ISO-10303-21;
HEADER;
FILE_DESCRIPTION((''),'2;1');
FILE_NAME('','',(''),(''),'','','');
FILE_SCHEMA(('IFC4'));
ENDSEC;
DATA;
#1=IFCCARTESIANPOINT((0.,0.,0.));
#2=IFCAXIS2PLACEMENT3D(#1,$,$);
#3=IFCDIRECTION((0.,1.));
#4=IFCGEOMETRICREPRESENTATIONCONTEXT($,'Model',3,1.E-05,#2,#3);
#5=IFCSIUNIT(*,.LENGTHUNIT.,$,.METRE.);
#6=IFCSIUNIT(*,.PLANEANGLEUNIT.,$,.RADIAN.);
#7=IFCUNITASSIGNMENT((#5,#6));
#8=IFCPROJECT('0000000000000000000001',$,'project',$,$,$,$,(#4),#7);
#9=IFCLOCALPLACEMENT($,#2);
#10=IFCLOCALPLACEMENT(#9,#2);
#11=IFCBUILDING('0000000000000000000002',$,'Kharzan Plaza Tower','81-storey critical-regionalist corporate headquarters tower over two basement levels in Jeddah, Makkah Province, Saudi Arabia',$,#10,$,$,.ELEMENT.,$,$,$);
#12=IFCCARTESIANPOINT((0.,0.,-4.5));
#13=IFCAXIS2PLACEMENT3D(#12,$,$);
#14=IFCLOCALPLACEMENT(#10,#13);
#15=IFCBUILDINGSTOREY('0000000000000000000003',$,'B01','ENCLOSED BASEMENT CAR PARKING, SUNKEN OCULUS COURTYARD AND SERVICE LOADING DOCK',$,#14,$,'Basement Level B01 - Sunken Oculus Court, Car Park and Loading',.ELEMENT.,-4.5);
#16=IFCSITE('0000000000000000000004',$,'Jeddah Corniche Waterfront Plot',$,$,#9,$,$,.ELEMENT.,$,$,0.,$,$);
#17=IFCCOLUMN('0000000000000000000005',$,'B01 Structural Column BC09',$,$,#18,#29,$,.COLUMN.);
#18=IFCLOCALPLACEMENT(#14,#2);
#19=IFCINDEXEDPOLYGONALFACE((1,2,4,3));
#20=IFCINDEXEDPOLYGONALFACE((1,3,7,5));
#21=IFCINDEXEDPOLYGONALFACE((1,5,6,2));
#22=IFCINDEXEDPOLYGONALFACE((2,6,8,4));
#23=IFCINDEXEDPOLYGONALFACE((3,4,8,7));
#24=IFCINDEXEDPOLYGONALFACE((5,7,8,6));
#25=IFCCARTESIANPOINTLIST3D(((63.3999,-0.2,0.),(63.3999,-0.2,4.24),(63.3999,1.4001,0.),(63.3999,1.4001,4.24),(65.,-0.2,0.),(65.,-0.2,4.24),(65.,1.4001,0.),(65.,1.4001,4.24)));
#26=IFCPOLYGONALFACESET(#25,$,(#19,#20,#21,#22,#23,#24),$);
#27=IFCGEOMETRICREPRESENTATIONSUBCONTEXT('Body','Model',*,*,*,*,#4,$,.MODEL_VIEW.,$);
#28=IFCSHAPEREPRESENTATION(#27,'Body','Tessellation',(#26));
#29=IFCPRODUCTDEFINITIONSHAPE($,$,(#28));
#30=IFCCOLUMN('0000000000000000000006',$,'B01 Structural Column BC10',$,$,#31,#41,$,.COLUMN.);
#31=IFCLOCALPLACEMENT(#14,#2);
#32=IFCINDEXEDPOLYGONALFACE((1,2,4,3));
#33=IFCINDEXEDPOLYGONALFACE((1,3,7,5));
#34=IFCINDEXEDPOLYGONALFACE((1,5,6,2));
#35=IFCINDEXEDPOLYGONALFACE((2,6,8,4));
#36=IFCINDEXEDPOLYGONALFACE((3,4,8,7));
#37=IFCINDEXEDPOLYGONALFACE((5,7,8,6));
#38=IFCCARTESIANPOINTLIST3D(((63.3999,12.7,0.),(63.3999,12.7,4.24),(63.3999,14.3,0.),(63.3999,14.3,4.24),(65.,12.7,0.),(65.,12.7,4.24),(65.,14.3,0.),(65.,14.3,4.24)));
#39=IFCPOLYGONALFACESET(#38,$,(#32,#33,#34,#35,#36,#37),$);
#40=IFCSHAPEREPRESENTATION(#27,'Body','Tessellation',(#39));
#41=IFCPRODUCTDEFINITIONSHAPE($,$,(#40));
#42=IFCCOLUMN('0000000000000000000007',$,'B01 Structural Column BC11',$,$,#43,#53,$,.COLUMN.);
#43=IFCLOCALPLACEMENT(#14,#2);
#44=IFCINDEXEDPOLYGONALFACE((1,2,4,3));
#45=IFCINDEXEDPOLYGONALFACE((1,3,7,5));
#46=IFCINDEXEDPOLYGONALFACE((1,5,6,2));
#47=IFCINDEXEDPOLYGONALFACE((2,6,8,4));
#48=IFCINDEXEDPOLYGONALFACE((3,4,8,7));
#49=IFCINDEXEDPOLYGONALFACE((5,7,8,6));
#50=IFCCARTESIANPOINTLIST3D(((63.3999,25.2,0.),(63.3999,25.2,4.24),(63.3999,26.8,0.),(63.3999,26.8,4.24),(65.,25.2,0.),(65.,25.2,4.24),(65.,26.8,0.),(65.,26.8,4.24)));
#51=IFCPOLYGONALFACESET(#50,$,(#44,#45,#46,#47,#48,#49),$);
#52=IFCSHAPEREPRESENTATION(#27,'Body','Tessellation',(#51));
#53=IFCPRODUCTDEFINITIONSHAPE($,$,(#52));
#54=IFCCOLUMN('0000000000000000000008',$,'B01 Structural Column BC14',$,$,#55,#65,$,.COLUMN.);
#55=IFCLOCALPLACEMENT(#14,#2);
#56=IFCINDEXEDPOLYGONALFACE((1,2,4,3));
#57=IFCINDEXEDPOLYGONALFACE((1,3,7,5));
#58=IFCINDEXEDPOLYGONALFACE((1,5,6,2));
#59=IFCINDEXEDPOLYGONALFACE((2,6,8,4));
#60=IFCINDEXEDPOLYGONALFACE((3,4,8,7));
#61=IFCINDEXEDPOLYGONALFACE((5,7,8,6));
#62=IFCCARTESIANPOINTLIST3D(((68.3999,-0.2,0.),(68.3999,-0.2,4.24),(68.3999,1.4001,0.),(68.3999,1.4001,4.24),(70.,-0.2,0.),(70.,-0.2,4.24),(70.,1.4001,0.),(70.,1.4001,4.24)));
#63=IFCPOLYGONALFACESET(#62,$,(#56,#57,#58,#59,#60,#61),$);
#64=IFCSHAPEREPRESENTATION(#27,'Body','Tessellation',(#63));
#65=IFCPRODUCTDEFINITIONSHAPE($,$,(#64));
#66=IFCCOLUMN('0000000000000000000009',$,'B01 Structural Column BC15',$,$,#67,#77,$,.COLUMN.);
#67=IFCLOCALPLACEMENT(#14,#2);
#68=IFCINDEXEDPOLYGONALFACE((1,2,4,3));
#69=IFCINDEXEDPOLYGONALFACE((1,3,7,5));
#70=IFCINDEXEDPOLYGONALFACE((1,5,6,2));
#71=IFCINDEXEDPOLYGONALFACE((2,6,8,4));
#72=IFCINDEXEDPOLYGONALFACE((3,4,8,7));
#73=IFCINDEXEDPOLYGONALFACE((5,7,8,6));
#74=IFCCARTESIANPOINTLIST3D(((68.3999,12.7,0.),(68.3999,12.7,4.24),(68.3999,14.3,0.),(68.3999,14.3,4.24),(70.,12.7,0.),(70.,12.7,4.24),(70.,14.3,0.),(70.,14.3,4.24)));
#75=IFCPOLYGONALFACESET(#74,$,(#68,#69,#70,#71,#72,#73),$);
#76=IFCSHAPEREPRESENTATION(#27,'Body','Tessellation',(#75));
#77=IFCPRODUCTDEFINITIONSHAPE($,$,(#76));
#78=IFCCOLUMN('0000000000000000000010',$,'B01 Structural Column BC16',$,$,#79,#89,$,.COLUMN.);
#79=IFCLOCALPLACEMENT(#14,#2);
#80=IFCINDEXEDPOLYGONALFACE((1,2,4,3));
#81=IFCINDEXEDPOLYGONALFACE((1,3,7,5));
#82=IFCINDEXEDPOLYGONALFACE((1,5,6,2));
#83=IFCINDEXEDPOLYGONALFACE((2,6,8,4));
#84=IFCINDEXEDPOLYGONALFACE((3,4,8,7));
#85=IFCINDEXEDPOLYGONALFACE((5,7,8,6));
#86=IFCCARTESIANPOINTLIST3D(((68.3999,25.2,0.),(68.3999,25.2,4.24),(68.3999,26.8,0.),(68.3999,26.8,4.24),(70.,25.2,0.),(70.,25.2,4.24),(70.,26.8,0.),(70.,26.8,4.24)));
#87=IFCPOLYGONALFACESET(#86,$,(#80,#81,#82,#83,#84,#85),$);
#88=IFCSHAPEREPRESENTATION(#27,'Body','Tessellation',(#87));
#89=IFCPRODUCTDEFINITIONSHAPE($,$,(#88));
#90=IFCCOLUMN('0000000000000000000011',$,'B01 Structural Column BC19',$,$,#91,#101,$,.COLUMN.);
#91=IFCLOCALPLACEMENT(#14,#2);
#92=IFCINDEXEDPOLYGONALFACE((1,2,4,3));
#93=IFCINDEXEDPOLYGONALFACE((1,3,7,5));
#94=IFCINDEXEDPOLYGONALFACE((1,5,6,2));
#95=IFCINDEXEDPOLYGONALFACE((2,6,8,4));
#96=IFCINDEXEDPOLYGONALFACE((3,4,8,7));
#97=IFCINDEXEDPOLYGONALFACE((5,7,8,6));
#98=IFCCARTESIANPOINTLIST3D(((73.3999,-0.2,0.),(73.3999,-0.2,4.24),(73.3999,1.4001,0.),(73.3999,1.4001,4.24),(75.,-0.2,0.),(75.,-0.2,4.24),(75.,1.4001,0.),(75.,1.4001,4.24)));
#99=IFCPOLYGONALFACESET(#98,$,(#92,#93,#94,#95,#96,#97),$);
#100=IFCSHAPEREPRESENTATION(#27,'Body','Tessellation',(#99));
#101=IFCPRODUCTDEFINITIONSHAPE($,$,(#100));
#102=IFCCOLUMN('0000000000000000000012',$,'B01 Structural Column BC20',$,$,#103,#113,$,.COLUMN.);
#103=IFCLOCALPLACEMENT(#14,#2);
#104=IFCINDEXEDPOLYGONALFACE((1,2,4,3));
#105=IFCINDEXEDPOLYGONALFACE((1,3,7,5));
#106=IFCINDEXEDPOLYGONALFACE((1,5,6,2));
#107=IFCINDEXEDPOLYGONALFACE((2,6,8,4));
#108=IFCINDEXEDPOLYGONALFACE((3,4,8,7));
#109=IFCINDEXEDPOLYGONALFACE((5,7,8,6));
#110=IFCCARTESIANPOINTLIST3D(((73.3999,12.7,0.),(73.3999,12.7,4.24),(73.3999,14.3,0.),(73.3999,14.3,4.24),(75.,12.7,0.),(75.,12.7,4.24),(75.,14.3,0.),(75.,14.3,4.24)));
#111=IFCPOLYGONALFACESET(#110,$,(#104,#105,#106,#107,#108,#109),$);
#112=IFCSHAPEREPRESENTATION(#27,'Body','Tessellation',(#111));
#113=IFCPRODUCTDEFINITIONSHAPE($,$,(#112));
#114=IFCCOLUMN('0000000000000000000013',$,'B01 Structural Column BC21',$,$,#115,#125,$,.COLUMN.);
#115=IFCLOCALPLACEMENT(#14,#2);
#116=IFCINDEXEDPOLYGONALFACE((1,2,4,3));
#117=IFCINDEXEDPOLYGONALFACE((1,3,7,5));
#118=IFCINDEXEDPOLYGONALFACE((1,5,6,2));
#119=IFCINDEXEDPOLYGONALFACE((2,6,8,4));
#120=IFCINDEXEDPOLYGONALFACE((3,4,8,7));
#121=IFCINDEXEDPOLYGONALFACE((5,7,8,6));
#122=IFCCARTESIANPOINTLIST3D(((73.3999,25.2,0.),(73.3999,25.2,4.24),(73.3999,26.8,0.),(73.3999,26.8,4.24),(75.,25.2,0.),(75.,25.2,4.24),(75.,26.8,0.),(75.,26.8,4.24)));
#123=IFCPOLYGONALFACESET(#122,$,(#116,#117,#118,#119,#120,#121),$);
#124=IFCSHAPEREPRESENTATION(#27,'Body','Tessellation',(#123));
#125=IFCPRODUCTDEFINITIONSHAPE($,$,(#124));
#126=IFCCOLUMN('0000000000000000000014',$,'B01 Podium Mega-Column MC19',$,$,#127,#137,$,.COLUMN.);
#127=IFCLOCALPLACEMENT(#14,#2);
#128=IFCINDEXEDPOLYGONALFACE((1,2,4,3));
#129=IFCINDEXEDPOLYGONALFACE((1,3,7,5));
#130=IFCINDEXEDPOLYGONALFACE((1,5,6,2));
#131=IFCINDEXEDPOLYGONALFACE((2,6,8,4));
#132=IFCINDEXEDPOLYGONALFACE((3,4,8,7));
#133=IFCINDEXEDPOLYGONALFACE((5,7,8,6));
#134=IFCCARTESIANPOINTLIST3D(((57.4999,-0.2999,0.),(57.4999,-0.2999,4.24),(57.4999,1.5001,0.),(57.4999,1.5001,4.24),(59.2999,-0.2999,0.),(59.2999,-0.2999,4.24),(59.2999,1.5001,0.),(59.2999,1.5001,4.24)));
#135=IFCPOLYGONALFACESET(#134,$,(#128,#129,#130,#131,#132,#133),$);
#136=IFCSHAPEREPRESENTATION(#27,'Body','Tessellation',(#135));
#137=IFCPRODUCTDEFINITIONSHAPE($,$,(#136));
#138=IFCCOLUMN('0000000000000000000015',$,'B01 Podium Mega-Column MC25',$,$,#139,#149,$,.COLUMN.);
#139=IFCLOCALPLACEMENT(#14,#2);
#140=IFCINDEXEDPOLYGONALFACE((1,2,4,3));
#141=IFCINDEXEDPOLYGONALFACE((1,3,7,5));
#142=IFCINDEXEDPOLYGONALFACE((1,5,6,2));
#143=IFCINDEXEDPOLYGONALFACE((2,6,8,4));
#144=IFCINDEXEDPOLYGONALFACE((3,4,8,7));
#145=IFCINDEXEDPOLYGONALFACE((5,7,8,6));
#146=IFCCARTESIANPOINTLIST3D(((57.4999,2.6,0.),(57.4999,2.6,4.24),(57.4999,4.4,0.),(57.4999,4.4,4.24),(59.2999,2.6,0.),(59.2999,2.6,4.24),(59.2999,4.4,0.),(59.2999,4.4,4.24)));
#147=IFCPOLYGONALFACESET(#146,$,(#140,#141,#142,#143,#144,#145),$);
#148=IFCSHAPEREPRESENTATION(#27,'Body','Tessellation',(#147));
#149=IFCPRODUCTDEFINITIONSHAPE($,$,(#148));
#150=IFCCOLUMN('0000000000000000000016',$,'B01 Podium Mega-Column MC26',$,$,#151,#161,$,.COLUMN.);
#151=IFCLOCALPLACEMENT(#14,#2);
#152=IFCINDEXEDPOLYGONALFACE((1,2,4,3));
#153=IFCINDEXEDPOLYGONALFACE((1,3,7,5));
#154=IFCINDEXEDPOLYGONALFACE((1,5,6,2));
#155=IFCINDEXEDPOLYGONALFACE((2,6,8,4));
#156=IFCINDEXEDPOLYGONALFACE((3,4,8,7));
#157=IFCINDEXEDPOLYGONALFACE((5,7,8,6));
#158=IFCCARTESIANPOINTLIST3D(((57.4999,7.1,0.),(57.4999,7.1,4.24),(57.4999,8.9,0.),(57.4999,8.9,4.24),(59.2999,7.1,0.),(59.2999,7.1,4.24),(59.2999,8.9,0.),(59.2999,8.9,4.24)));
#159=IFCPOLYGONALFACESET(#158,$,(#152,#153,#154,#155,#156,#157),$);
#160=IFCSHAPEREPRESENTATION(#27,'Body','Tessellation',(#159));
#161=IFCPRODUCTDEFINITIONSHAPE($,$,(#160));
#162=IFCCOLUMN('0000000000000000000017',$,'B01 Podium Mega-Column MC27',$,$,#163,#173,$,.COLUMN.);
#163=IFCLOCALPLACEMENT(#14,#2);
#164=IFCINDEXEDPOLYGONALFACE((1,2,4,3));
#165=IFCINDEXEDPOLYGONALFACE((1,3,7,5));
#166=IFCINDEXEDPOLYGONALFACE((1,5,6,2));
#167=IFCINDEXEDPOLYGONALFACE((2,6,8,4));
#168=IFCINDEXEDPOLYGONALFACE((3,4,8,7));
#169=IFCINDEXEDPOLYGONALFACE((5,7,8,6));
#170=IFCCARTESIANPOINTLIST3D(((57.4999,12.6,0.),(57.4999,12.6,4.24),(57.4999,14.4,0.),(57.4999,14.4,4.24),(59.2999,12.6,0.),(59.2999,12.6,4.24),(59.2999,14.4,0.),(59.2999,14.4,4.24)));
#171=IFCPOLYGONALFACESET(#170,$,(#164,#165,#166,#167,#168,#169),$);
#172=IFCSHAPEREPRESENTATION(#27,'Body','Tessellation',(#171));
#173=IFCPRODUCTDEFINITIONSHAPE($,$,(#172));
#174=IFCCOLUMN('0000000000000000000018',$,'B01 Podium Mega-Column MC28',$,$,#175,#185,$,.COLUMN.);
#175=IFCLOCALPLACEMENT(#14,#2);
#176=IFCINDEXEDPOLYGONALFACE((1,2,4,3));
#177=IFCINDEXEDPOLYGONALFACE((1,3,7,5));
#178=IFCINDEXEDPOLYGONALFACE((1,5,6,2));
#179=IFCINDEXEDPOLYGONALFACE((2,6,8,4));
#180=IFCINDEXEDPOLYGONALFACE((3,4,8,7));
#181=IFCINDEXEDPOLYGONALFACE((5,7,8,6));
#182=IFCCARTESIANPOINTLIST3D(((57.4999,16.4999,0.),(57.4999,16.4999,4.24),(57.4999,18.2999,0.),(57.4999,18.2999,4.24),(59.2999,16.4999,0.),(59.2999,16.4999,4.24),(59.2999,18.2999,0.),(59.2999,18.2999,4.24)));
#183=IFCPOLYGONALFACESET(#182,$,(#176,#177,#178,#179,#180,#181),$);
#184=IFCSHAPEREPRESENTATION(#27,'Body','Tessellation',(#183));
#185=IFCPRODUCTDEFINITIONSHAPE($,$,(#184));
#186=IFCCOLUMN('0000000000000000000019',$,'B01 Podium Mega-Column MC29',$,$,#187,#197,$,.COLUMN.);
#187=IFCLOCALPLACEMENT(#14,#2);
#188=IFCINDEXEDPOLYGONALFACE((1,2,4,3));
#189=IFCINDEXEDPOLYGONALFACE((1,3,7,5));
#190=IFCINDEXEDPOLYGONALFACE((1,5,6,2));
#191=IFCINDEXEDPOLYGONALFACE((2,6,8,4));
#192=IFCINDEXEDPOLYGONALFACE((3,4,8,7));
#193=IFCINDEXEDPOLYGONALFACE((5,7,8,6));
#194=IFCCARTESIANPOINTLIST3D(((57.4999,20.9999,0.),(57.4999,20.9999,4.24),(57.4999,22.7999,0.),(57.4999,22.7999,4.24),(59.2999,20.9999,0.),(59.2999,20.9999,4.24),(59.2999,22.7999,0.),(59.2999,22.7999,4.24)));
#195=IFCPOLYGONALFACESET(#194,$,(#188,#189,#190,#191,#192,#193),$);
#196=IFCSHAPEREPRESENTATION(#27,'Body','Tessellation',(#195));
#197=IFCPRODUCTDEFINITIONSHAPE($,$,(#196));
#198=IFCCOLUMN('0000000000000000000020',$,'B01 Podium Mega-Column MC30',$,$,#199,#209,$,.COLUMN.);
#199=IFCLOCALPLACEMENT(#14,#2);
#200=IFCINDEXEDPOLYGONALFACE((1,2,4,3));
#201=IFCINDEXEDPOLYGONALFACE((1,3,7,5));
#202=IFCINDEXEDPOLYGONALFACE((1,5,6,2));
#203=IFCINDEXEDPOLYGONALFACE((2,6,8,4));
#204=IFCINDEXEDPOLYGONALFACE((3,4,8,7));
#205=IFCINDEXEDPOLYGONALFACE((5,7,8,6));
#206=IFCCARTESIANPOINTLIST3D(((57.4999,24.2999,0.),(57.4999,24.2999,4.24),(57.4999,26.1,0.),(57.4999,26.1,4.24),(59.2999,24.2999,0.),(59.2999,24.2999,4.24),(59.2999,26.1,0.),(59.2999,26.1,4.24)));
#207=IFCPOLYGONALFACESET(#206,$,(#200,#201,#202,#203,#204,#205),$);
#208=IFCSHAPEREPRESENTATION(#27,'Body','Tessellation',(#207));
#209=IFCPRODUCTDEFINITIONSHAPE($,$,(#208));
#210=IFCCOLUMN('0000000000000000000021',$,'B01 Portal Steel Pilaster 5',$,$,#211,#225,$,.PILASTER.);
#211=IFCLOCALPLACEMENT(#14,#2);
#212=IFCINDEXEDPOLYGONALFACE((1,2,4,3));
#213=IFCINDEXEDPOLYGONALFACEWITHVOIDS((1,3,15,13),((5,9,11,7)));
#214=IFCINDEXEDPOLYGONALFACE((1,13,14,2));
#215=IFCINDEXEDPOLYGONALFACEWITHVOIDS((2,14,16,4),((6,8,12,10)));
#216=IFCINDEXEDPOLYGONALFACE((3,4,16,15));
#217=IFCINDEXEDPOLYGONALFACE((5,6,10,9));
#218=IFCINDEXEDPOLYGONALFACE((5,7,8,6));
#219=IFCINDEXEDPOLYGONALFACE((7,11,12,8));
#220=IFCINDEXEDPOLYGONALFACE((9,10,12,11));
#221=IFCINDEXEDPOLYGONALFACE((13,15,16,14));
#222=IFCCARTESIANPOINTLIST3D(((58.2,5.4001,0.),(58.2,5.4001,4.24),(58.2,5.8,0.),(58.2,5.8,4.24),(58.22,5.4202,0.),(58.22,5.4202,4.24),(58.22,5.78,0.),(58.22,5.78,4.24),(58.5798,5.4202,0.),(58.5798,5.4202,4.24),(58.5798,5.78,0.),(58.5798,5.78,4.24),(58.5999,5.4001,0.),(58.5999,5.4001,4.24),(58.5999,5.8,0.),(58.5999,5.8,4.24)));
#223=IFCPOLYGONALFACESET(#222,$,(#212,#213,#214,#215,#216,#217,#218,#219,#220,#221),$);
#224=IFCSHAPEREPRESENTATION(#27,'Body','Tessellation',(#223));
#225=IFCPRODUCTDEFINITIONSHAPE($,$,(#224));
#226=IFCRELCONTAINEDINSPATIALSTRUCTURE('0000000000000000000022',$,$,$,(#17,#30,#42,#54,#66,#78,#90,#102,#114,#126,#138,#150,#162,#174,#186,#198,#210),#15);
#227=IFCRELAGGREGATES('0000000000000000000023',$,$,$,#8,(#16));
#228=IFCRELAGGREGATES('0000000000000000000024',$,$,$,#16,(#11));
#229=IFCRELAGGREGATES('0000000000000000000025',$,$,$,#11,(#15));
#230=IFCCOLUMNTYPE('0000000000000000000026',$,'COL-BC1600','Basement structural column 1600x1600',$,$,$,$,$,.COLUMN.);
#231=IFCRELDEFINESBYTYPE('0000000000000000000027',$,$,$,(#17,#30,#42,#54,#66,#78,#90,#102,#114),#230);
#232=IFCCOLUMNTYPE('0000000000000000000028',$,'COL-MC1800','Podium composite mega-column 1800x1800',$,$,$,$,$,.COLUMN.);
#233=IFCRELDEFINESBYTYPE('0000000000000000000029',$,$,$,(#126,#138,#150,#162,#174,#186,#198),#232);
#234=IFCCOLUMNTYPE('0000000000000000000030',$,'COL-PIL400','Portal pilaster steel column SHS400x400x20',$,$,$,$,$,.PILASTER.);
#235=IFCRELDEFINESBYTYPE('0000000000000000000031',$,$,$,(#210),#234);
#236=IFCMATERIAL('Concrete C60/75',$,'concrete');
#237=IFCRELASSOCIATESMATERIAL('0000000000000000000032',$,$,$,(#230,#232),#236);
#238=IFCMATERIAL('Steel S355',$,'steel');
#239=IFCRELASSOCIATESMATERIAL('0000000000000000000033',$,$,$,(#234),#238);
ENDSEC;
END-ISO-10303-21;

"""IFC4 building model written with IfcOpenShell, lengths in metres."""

from ifc_helpers import new_model, si_unit, direction, frame, origin, origin_2d, place, context, subcontext, project, spatial, rectangle, hollow_rectangle, extrude, source, transform, mapped, material, material_profile, profile_set, type_object, element, save


model = new_model("IFC4")

# Units and contexts
model_context = context("Model", 3, precision=1e-05, world=origin(), true_north=direction((0.0, 1.0)))
body_context = subcontext(model_context, "Body", "Model", "MODEL_VIEW")
ifc_project = project(units=[si_unit("LENGTHUNIT", "METRE"), si_unit("PLANEANGLEUNIT", "RADIAN")], contexts=[model_context])

# Site, building, storey
site_placement = place(None, origin())
site = spatial("IfcSite", under=ifc_project, at=site_placement, Name="Jeddah Corniche Waterfront Plot", CompositionType="ELEMENT", RefElevation=0.0)
building_placement = place(site_placement, origin())
building = spatial("IfcBuilding", under=site, at=building_placement, Name="Kharzan Plaza Tower", Description="81-storey critical-regionalist corporate headquarters tower over two basement levels in Jeddah, Makkah Province, Saudi Arabia", CompositionType="ELEMENT")
storey_placement = place(building_placement, frame((0.0, 0.0, -4.5)))
storey = spatial("IfcBuildingStorey", under=building, at=storey_placement, Name="B01", Description="ENCLOSED BASEMENT CAR PARKING, SUNKEN OCULUS COURTYARD AND SERVICE LOADING DOCK", LongName="Basement Level B01 - Sunken Oculus Court, Car Park and Loading", CompositionType="ELEMENT", Elevation=-4.5)

# Columns
ifc_material_1 = material(Name="Concrete C60/75", Category="concrete")
ifc_material_profile_1 = material_profile(ifc_material_1, rectangle(XDim=1.6001, YDim=1.6001, at=origin_2d()), Name="RC-MC1600x1600")
ifc_profile_set_1 = profile_set([ifc_material_profile_1], Name="Concrete C60/75")
column_type_1 = type_object("IfcColumnType", Name="COL-BC1600", Description="Basement structural column 1600x1600", PredefinedType="COLUMN", material=ifc_profile_set_1)
shared_shape_1 = source(origin(), body_context, "Body", "SweptSolid", [
    extrude(rectangle(XDim=1.6001, YDim=1.6001, at=origin_2d()), origin(), (0.0, 0.0, 1.0), 4.24),
])
for number, where, z_axis, x_axis, name in (
    (1, (64.2, 0.6001, 0.0), (0.0, 0.0, 1.0), (1.0, 0.0, 0.0), "B01 Structural Column BC09"),
    (2, (64.2, 13.5, 0.0), (0.0, 0.0, 1.0), (1.0, 0.0, 0.0), "B01 Structural Column BC10"),
    (3, (64.2, 26.0, 0.0), (0.0, 0.0, 1.0), (1.0, 0.0, 0.0), "B01 Structural Column BC11"),
    (4, (69.2, 0.6001, 0.0), (0.0, 0.0, 1.0), (1.0, 0.0, 0.0), "B01 Structural Column BC14"),
    (5, (69.2, 13.5, 0.0), (0.0, 0.0, 1.0), (1.0, 0.0, 0.0), "B01 Structural Column BC15"),
    (6, (69.2, 26.0, 0.0), (0.0, 0.0, 1.0), (1.0, 0.0, 0.0), "B01 Structural Column BC16"),
    (7, (74.2, 0.6001, 0.0), (0.0, 0.0, 1.0), (1.0, 0.0, 0.0), "B01 Structural Column BC19"),
    (8, (74.2, 13.5, 0.0), (0.0, 0.0, 1.0), (1.0, 0.0, 0.0), "B01 Structural Column BC20"),
    (9, (74.2, 26.0, 0.0), (0.0, 0.0, 1.0), (1.0, 0.0, 0.0), "B01 Structural Column BC21"),
):
    element("IfcColumn", number, at=place(storey_placement, frame(where, z_axis=z_axis, x_axis=x_axis)), inside=storey, type_object=column_type_1, Name=name, PredefinedType="COLUMN", context=body_context, shape_type="MappedRepresentation", body=[
        mapped(shared_shape_1, transform((0.0, 0.0, 0.0), x_axis=(1.0, 0.0, 0.0), y_axis=(0.0, 1.0, 0.0), z_axis=(0.0, 0.0, 1.0))),
    ])
ifc_material_profile_2 = material_profile(ifc_material_1, rectangle(XDim=1.8, YDim=1.8, at=origin_2d()), Name="RC-MC1800x1800")
ifc_profile_set_2 = profile_set([ifc_material_profile_2], Name="Concrete C60/75")
column_type_2 = type_object("IfcColumnType", Name="COL-MC1800", Description="Podium composite mega-column 1800x1800", PredefinedType="COLUMN", material=ifc_profile_set_2)
shared_shape_2 = source(origin(), body_context, "Body", "SweptSolid", [
    extrude(rectangle(XDim=1.8, YDim=1.8, at=origin_2d()), origin(), (0.0, 0.0, 1.0), 4.24),
])
for number, where, z_axis, x_axis, name in (
    (10, (58.3999, 0.6001, 0.0), (0.0, 0.0, 1.0), (1.0, 0.0, 0.0), "B01 Podium Mega-Column MC19"),
    (11, (58.3999, 3.5, 0.0), (0.0, 0.0, 1.0), (1.0, 0.0, 0.0), "B01 Podium Mega-Column MC25"),
    (12, (58.3999, 8.0, 0.0), (0.0, 0.0, 1.0), (1.0, 0.0, 0.0), "B01 Podium Mega-Column MC26"),
    (13, (58.3999, 13.5, 0.0), (0.0, 0.0, 1.0), (1.0, 0.0, 0.0), "B01 Podium Mega-Column MC27"),
    (14, (58.3999, 17.3999, 0.0), (0.0, 0.0, 1.0), (1.0, 0.0, 0.0), "B01 Podium Mega-Column MC28"),
    (15, (58.3999, 21.8999, 0.0), (0.0, 0.0, 1.0), (1.0, 0.0, 0.0), "B01 Podium Mega-Column MC29"),
    (16, (58.3999, 25.2, 0.0), (0.0, 0.0, 1.0), (1.0, 0.0, 0.0), "B01 Podium Mega-Column MC30"),
):
    element("IfcColumn", number, at=place(storey_placement, frame(where, z_axis=z_axis, x_axis=x_axis)), inside=storey, type_object=column_type_2, Name=name, PredefinedType="COLUMN", context=body_context, shape_type="MappedRepresentation", body=[
        mapped(shared_shape_2, transform((0.0, 0.0, 0.0), x_axis=(1.0, 0.0, 0.0), y_axis=(0.0, 1.0, 0.0), z_axis=(0.0, 0.0, 1.0))),
    ])
ifc_material_2 = material(Name="Steel S355", Category="steel")
ifc_material_profile_3 = material_profile(ifc_material_2, hollow_rectangle(XDim=0.3999, YDim=0.3999, WallThickness=0.02, at=origin_2d()), Name="SHS400x400x20")
ifc_profile_set_3 = profile_set([ifc_material_profile_3], Name="Steel S355")
column_type_3 = type_object("IfcColumnType", Name="COL-PIL400", Description="Portal pilaster steel column SHS400x400x20", PredefinedType="PILASTER", material=ifc_profile_set_3)
shared_shape_3 = source(origin(), body_context, "Body", "SweptSolid", [
    extrude(hollow_rectangle(XDim=0.3999, YDim=0.3999, WallThickness=0.02, at=origin_2d()), origin(), (0.0, 0.0, 1.0), 4.24),
])
for number, where, z_axis, x_axis, name in (
    (17, (58.3999, 5.6001, 0.0), (0.0, 0.0, 1.0), (1.0, 0.0, 0.0), "B01 Portal Steel Pilaster 5"),
):
    element("IfcColumn", number, at=place(storey_placement, frame(where, z_axis=z_axis, x_axis=x_axis)), inside=storey, type_object=column_type_3, Name=name, PredefinedType="PILASTER", context=body_context, shape_type="MappedRepresentation", body=[
        mapped(shared_shape_3, transform((0.0, 0.0, 0.0), x_axis=(1.0, 0.0, 0.0), y_axis=(0.0, 1.0, 0.0), z_axis=(0.0, 0.0, 1.0))),
    ])

save(model, "model.ifc")
